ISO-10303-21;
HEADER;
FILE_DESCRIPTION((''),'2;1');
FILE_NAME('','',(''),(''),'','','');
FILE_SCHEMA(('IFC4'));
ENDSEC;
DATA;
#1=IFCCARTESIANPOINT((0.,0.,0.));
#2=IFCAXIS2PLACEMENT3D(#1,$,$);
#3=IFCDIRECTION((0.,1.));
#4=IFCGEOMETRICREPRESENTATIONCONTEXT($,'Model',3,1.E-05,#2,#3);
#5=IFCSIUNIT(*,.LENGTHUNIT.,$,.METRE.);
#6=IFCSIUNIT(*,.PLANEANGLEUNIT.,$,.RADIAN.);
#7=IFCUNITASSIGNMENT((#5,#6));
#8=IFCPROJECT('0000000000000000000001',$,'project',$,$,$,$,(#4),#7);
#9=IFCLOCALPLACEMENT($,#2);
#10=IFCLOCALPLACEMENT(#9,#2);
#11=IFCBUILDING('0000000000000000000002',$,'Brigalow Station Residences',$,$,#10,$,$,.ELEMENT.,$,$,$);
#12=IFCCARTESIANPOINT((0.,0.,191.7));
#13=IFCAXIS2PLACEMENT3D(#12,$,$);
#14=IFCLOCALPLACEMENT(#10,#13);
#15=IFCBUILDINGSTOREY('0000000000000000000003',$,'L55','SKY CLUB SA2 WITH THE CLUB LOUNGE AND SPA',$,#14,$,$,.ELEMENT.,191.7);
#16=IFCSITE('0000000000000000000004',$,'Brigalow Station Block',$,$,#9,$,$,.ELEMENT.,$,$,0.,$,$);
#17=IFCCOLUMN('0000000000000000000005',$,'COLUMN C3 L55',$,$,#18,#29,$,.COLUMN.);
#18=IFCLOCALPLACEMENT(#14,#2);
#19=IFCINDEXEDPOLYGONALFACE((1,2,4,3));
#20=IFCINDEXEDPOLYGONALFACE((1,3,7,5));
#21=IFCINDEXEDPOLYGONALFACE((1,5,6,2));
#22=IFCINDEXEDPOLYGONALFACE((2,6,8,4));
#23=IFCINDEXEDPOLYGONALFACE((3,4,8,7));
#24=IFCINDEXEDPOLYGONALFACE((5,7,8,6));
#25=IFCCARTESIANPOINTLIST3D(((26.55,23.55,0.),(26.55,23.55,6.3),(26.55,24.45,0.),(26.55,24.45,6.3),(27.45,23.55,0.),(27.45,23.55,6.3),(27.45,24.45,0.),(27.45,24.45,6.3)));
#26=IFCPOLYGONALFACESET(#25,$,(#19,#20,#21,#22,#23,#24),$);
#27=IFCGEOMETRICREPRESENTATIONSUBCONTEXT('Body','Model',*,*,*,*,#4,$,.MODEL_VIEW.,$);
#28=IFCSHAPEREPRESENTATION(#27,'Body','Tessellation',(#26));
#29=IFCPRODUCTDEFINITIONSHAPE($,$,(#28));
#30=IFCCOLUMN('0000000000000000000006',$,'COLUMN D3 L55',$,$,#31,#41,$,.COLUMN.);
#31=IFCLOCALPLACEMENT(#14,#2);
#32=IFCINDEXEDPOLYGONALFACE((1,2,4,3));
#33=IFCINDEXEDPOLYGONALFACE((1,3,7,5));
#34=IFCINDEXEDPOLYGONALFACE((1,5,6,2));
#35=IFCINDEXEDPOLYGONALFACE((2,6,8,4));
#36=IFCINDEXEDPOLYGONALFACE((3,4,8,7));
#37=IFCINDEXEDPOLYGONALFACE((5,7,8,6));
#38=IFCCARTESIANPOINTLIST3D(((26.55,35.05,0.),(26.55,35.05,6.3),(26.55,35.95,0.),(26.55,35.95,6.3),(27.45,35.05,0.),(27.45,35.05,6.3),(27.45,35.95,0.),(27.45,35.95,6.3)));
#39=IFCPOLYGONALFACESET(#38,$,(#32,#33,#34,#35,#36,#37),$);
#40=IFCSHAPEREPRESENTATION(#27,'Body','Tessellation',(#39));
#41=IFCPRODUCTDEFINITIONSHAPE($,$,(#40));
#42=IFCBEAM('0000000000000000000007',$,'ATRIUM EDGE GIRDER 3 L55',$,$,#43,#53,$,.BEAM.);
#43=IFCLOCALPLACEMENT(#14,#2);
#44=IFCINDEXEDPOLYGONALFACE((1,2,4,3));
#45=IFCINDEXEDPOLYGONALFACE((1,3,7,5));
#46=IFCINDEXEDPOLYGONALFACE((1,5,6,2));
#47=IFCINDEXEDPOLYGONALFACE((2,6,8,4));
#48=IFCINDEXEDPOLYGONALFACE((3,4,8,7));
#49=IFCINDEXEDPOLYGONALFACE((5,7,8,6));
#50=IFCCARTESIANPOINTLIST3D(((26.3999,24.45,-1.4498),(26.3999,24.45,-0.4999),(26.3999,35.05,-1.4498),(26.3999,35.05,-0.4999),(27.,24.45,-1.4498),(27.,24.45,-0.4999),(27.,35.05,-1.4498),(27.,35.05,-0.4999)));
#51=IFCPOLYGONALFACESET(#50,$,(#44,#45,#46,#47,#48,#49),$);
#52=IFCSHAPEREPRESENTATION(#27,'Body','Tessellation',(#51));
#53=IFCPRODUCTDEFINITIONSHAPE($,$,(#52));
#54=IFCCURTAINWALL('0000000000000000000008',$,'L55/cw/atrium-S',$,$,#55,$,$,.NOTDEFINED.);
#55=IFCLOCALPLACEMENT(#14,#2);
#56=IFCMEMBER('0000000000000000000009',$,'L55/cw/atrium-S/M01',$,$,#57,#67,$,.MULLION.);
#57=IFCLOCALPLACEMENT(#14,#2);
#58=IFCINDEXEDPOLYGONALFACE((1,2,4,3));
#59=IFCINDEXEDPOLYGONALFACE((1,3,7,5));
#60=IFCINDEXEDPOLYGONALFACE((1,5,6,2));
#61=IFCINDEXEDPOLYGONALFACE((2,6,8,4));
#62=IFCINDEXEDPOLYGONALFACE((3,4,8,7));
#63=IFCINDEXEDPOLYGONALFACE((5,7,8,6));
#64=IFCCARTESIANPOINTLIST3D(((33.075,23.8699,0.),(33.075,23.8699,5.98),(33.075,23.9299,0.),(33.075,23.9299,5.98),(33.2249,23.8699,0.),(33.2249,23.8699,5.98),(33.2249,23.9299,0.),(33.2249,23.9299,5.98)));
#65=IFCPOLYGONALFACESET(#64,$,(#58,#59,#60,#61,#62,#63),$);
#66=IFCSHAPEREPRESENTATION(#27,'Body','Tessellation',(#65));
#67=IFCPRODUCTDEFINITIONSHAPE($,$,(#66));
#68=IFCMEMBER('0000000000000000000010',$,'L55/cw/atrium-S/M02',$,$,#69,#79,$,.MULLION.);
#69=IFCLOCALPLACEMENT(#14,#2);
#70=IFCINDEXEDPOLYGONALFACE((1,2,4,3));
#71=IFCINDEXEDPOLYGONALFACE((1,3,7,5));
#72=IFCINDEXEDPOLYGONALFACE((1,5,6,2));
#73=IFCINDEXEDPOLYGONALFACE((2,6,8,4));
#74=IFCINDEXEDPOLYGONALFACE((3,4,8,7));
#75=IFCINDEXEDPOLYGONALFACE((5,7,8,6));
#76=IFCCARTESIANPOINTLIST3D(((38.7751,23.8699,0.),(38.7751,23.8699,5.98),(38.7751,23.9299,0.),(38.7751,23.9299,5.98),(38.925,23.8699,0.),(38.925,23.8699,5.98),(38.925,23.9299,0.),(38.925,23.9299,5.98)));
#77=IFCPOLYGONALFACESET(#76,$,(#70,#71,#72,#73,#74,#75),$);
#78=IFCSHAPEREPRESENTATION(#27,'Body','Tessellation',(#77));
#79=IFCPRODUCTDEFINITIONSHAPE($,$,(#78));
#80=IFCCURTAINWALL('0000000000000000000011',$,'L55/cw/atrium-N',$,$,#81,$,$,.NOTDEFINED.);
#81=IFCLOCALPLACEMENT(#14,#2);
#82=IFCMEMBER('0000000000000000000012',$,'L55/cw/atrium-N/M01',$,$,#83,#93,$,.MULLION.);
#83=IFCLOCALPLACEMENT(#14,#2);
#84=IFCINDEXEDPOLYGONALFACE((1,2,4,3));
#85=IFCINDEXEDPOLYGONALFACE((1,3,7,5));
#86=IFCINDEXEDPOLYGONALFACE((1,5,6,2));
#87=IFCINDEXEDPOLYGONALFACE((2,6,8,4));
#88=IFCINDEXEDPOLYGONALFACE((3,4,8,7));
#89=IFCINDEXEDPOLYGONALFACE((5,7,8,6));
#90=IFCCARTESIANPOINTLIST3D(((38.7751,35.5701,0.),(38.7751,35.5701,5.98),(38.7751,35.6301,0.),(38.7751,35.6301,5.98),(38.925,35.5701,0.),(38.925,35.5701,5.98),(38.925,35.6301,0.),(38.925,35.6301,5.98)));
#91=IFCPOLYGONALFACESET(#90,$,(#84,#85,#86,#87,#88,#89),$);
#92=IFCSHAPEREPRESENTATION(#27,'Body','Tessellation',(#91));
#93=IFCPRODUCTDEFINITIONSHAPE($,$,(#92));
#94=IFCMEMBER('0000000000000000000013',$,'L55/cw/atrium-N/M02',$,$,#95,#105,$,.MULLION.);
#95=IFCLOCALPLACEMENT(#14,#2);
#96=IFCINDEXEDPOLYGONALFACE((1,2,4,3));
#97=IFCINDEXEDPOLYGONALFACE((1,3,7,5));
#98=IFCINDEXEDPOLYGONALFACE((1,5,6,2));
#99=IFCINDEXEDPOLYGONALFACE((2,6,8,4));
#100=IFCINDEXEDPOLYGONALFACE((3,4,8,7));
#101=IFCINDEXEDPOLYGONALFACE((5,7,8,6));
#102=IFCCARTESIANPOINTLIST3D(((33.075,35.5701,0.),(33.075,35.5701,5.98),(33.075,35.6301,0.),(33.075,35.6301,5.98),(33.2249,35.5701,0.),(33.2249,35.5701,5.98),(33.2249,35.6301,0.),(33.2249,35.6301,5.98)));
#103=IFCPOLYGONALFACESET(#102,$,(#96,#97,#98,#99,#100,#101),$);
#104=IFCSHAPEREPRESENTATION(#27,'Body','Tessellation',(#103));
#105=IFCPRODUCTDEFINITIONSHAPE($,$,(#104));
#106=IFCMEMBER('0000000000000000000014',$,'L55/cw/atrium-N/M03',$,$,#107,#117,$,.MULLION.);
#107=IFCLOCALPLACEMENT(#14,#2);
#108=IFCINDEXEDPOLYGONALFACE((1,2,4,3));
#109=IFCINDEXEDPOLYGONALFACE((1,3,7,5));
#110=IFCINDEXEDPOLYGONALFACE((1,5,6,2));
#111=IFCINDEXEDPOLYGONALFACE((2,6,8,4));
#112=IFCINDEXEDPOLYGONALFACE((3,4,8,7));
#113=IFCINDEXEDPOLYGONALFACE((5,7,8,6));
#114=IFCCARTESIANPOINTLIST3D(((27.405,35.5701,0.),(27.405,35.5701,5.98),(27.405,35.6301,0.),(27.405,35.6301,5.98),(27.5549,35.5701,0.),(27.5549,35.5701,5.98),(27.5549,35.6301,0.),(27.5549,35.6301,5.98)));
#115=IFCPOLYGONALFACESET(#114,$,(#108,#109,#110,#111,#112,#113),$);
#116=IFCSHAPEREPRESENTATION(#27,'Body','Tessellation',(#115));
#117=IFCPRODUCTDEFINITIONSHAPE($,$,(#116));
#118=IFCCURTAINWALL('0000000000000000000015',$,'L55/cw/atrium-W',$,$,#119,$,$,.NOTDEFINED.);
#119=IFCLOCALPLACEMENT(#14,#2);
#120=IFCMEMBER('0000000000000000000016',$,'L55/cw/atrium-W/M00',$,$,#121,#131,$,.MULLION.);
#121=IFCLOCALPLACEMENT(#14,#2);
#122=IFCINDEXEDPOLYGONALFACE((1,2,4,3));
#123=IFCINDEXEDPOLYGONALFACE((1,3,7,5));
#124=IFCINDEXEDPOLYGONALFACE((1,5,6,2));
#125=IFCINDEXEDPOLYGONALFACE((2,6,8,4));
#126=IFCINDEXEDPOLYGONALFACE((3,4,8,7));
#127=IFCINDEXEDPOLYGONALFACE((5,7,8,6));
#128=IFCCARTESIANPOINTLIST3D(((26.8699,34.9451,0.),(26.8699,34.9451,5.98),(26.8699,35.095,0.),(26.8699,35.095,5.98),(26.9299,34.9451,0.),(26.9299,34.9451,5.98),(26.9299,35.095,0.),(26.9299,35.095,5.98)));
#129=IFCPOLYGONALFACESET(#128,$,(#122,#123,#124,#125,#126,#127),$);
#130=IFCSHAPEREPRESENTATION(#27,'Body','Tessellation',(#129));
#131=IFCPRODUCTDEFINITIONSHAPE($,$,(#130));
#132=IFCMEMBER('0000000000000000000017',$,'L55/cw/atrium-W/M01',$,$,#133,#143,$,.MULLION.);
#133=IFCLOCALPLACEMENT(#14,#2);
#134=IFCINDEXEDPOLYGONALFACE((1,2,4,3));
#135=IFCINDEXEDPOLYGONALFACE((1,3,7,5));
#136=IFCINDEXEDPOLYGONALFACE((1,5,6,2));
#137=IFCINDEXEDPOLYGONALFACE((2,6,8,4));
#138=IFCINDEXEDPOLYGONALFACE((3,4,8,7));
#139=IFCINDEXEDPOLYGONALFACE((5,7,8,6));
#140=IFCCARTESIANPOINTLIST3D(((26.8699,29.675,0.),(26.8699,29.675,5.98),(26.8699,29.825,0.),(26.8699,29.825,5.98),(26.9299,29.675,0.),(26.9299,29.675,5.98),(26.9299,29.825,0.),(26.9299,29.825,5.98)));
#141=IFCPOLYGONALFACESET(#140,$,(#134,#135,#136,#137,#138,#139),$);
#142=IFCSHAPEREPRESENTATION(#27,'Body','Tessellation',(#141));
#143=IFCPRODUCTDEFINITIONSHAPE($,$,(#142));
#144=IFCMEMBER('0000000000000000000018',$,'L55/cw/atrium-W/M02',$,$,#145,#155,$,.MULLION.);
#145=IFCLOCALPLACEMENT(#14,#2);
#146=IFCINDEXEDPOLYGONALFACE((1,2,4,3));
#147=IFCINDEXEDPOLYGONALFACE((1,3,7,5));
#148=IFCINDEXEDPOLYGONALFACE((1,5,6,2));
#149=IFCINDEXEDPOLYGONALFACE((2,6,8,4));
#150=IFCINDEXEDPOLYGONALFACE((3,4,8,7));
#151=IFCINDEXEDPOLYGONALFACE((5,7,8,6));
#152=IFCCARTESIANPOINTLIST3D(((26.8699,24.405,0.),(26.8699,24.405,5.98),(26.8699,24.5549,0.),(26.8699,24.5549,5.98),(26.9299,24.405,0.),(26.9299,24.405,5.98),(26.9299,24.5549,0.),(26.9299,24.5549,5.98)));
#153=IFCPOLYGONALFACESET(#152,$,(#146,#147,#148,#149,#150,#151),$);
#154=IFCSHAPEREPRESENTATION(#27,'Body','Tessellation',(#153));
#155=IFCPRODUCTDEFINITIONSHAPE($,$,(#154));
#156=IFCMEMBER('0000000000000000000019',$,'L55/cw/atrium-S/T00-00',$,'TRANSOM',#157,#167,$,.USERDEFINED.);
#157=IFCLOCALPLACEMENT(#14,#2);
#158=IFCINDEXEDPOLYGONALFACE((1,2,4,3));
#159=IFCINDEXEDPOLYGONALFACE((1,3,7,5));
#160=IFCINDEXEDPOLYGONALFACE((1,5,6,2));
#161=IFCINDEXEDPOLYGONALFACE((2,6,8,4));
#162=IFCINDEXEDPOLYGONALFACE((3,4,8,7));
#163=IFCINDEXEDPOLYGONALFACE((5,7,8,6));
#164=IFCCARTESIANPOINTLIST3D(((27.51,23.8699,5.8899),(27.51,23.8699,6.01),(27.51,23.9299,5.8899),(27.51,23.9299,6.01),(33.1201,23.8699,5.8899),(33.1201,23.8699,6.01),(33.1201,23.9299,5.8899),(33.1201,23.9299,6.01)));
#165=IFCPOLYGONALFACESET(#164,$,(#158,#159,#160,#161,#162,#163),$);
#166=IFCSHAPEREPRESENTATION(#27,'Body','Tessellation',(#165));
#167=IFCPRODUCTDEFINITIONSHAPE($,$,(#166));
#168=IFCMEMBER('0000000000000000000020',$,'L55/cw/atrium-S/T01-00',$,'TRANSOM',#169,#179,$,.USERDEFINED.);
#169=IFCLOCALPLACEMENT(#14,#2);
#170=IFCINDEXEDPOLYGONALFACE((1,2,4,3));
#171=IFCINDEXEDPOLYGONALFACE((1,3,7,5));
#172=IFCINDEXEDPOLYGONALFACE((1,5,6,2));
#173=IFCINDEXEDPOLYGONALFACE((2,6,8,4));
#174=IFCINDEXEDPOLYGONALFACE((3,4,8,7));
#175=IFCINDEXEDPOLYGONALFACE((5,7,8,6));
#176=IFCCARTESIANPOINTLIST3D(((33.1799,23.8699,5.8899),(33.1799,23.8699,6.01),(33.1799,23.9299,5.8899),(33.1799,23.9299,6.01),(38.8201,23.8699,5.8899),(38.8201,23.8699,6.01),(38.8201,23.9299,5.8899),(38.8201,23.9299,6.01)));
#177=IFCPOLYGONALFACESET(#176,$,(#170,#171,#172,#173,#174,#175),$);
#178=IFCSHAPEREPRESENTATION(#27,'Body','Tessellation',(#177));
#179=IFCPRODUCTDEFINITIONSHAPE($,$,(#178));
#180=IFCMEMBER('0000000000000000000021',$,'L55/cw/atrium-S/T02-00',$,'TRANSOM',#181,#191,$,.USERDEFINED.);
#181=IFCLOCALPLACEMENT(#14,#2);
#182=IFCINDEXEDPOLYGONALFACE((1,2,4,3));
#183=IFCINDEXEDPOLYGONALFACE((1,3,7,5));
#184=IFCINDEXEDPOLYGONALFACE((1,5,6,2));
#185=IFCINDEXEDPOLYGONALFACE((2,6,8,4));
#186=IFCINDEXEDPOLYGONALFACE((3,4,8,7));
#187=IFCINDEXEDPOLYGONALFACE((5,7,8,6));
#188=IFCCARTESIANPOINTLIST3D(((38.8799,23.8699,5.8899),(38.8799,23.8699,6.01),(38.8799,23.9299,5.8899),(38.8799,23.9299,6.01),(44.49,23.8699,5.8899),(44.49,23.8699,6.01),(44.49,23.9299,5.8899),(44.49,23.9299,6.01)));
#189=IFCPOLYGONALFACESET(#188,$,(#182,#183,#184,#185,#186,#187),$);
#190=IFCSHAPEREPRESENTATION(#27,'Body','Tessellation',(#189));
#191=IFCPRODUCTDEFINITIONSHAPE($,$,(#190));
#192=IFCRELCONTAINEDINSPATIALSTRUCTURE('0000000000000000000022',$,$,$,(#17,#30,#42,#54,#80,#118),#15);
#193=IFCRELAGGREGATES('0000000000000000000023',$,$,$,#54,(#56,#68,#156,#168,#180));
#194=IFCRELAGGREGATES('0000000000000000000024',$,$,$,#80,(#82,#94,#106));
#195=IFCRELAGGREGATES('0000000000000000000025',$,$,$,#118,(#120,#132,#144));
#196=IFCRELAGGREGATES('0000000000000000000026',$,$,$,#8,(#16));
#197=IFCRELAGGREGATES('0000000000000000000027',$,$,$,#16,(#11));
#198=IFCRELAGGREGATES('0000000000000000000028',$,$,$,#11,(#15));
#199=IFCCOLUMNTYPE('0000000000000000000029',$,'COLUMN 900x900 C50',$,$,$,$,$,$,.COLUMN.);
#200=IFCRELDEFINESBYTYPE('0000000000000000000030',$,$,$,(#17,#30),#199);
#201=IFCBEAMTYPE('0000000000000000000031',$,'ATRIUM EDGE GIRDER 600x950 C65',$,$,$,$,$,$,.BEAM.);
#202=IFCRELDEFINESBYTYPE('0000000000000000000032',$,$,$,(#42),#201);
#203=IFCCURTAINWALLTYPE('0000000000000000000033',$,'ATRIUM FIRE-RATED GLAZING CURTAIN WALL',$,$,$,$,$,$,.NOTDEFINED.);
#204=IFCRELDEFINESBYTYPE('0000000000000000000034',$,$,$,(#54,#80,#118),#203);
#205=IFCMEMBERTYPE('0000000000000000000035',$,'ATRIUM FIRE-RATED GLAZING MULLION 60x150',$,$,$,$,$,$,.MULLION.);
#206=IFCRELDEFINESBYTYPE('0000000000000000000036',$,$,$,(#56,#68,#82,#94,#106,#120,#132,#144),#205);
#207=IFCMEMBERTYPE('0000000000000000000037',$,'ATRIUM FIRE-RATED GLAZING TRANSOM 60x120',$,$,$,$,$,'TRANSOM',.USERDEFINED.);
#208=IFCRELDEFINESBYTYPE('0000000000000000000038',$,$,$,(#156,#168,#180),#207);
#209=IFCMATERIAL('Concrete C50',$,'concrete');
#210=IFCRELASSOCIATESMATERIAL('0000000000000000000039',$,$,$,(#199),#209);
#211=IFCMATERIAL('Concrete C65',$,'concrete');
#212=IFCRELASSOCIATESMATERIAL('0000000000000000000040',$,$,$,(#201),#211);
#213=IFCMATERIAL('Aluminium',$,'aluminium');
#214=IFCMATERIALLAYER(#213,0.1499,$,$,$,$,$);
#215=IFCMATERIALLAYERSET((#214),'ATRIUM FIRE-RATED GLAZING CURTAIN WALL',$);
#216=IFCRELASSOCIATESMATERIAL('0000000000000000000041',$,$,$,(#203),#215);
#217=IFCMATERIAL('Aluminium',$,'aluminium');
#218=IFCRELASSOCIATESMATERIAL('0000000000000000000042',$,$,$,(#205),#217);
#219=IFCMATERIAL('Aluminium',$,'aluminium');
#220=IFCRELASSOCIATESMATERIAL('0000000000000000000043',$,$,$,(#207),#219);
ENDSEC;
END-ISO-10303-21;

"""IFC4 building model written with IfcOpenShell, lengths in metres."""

from ifc_helpers import new_model, si_unit, direction, frame, origin, origin_2d, place, context, subcontext, project, spatial, rectangle, extrude, material, layer, layer_set, material_profile, profile_set, type_object, element, aggregate, save


model = new_model("IFC4")

# Units and contexts
model_context = context("Model", 3, precision=1e-05, world=origin(), true_north=direction((0.0, 1.0)))
body_context = subcontext(model_context, "Body", "Model", "MODEL_VIEW")
ifc_project = project(units=[si_unit("LENGTHUNIT", "METRE"), si_unit("PLANEANGLEUNIT", "RADIAN")], contexts=[model_context])

# Site, building, storey
site_placement = place(None, origin())
site = spatial("IfcSite", under=ifc_project, at=site_placement, Name="Brigalow Station Block", CompositionType="ELEMENT", RefElevation=0.0)
building_placement = place(site_placement, origin())
building = spatial("IfcBuilding", under=site, at=building_placement, Name="Brigalow Station Residences", CompositionType="ELEMENT")
storey_placement = place(building_placement, frame((0.0, 0.0, 191.7)))
storey = spatial("IfcBuildingStorey", under=building, at=storey_placement, Name="L55", Description="SKY CLUB SA2 WITH THE CLUB LOUNGE AND SPA", CompositionType="ELEMENT", Elevation=191.7)

# Columns
ifc_material_1 = material(Name="Concrete C50", Category="concrete")
ifc_material_profile_1 = material_profile(ifc_material_1, rectangle(XDim=0.8999, YDim=0.8999, at=origin_2d()), Name="RC900x900")
ifc_profile_set_1 = profile_set([ifc_material_profile_1], Name="Concrete C50")
column_type = type_object("IfcColumnType", Name="COLUMN 900x900 C50", PredefinedType="COLUMN", material=ifc_profile_set_1)
for number, where, z_axis, x_axis, name in (
    (1, (27.0, 24.0, 0.0), (0.0, 0.0, 1.0), (1.0, 0.0, 0.0), "COLUMN C3 L55"),
    (2, (27.0, 35.5, 0.0), (0.0, 0.0, 1.0), (1.0, 0.0, 0.0), "COLUMN D3 L55"),
):
    element("IfcColumn", number, at=place(storey_placement, frame(where, z_axis=z_axis, x_axis=x_axis)), inside=storey, type_object=column_type, Name=name, PredefinedType="COLUMN", context=body_context, shape_type="SweptSolid", body=[
        extrude(rectangle(XDim=0.8999, YDim=0.8999, at=origin_2d()), origin(), (0.0, 0.0, 1.0), 6.3),
    ])

# Beam
ifc_material_2 = material(Name="Concrete C65", Category="concrete")
ifc_material_profile_2 = material_profile(ifc_material_2, rectangle(XDim=0.6001, YDim=0.95, at=origin_2d()), Name="RC600x950")
ifc_profile_set_2 = profile_set([ifc_material_profile_2], Name="Concrete C65")
beam_type = type_object("IfcBeamType", Name="ATRIUM EDGE GIRDER 600x950 C65", PredefinedType="BEAM", material=ifc_profile_set_2)
beam_placement = place(storey_placement, frame((26.7, 24.45, -0.9749), z_axis=(0.0, 1.0, 0.0), x_axis=(-1.0, 0.0, 0.0)))
element("IfcBeam", 3, at=beam_placement, inside=storey, type_object=beam_type, Name="ATRIUM EDGE GIRDER 3 L55", PredefinedType="BEAM", context=body_context, shape_type="SweptSolid", body=[
    extrude(rectangle(XDim=0.6001, YDim=0.95, at=origin_2d()), origin(), (0.0, 0.0, 1.0), 10.6001),
])

# Curtain walls, members
ifc_material_3 = material(Name="Aluminium", Category="aluminium")
ifc_layer_1 = layer(ifc_material_3, 0.1499)
ifc_layer_set_1 = layer_set([ifc_layer_1], Name="ATRIUM FIRE-RATED GLAZING CURTAIN WALL")
curtain_wall_type = type_object("IfcCurtainWallType", Name="ATRIUM FIRE-RATED GLAZING CURTAIN WALL", PredefinedType="NOTDEFINED", material=ifc_layer_set_1)
curtain_wall_1_placement = place(storey_placement, origin())
curtain_wall_1 = element("IfcCurtainWall", 4, at=curtain_wall_1_placement, inside=storey, type_object=curtain_wall_type, Name="L55/cw/atrium-S", PredefinedType="NOTDEFINED")
ifc_material_4 = material(Name="Aluminium", Category="aluminium")
ifc_material_profile_3 = material_profile(ifc_material_4, rectangle(XDim=0.0601, YDim=0.1499, at=origin_2d()), Name="ATRIUM FIRE-RATED GLAZING MULLION 60x150")
ifc_profile_set_3 = profile_set([ifc_material_profile_3], Name="Aluminium")
member_type_1 = type_object("IfcMemberType", Name="ATRIUM FIRE-RATED GLAZING MULLION 60x150", PredefinedType="MULLION", material=ifc_profile_set_3)
member_1_placement = place(storey_placement, frame((33.1499, 23.8999, 0.0), z_axis=(0.0, 0.0, 1.0), x_axis=(0.0, 1.0, 0.0)))
member_1 = element("IfcMember", 5, at=member_1_placement, type_object=member_type_1, Name="L55/cw/atrium-S/M01", PredefinedType="MULLION", context=body_context, shape_type="SweptSolid", body=[
    extrude(rectangle(XDim=0.0601, YDim=0.1499, at=origin_2d()), origin(), (0.0, 0.0, 1.0), 5.98),
])
member_2_placement = place(storey_placement, frame((38.8501, 23.8999, 0.0), z_axis=(0.0, 0.0, 1.0), x_axis=(0.0, 1.0, 0.0)))
member_2 = element("IfcMember", 6, at=member_2_placement, type_object=member_type_1, Name="L55/cw/atrium-S/M02", PredefinedType="MULLION", context=body_context, shape_type="SweptSolid", body=[
    extrude(rectangle(XDim=0.0601, YDim=0.1499, at=origin_2d()), origin(), (0.0, 0.0, 1.0), 5.98),
])
curtain_wall_2_placement = place(storey_placement, origin())
curtain_wall_2 = element("IfcCurtainWall", 7, at=curtain_wall_2_placement, inside=storey, type_object=curtain_wall_type, Name="L55/cw/atrium-N", PredefinedType="NOTDEFINED")
member_3_placement = place(storey_placement, frame((38.8501, 35.6001, 0.0), z_axis=(0.0, 0.0, 1.0), x_axis=(0.0, -1.0, 0.0)))
member_3 = element("IfcMember", 8, at=member_3_placement, type_object=member_type_1, Name="L55/cw/atrium-N/M01", PredefinedType="MULLION", context=body_context, shape_type="SweptSolid", body=[
    extrude(rectangle(XDim=0.0601, YDim=0.1499, at=origin_2d()), origin(), (0.0, 0.0, 1.0), 5.98),
])
member_4_placement = place(storey_placement, frame((33.1499, 35.6001, 0.0), z_axis=(0.0, 0.0, 1.0), x_axis=(0.0, -1.0, 0.0)))
member_4 = element("IfcMember", 9, at=member_4_placement, type_object=member_type_1, Name="L55/cw/atrium-N/M02", PredefinedType="MULLION", context=body_context, shape_type="SweptSolid", body=[
    extrude(rectangle(XDim=0.0601, YDim=0.1499, at=origin_2d()), origin(), (0.0, 0.0, 1.0), 5.98),
])
member_5_placement = place(storey_placement, frame((27.48, 35.6001, 0.0), z_axis=(0.0, 0.0, 1.0), x_axis=(0.0, -1.0, 0.0)))
member_5 = element("IfcMember", 10, at=member_5_placement, type_object=member_type_1, Name="L55/cw/atrium-N/M03", PredefinedType="MULLION", context=body_context, shape_type="SweptSolid", body=[
    extrude(rectangle(XDim=0.0601, YDim=0.1499, at=origin_2d()), origin(), (0.0, 0.0, 1.0), 5.98),
])
curtain_wall_3_placement = place(storey_placement, origin())
curtain_wall_3 = element("IfcCurtainWall", 11, at=curtain_wall_3_placement, inside=storey, type_object=curtain_wall_type, Name="L55/cw/atrium-W", PredefinedType="NOTDEFINED")
member_6_placement = place(storey_placement, frame((26.8999, 35.02, 0.0), z_axis=(0.0, 0.0, 1.0), x_axis=(1.0, 0.0, 0.0)))
member_6 = element("IfcMember", 12, at=member_6_placement, type_object=member_type_1, Name="L55/cw/atrium-W/M00", PredefinedType="MULLION", context=body_context, shape_type="SweptSolid", body=[
    extrude(rectangle(XDim=0.0601, YDim=0.1499, at=origin_2d()), origin(), (0.0, 0.0, 1.0), 5.98),
])
member_7_placement = place(storey_placement, frame((26.8999, 29.75, 0.0), z_axis=(0.0, 0.0, 1.0), x_axis=(1.0, 0.0, 0.0)))
member_7 = element("IfcMember", 13, at=member_7_placement, type_object=member_type_1, Name="L55/cw/atrium-W/M01", PredefinedType="MULLION", context=body_context, shape_type="SweptSolid", body=[
    extrude(rectangle(XDim=0.0601, YDim=0.1499, at=origin_2d()), origin(), (0.0, 0.0, 1.0), 5.98),
])
member_8_placement = place(storey_placement, frame((26.8999, 24.48, 0.0), z_axis=(0.0, 0.0, 1.0), x_axis=(1.0, 0.0, 0.0)))
member_8 = element("IfcMember", 14, at=member_8_placement, type_object=member_type_1, Name="L55/cw/atrium-W/M02", PredefinedType="MULLION", context=body_context, shape_type="SweptSolid", body=[
    extrude(rectangle(XDim=0.0601, YDim=0.1499, at=origin_2d()), origin(), (0.0, 0.0, 1.0), 5.98),
])

# Members
ifc_material_5 = material(Name="Aluminium", Category="aluminium")
ifc_material_profile_4 = material_profile(ifc_material_5, rectangle(XDim=0.0601, YDim=0.1201, at=origin_2d()), Name="ATRIUM FIRE-RATED GLAZING TRANSOM 60x120")
ifc_profile_set_4 = profile_set([ifc_material_profile_4], Name="Aluminium")
member_type_2 = type_object("IfcMemberType", Name="ATRIUM FIRE-RATED GLAZING TRANSOM 60x120", ElementType="TRANSOM", PredefinedType="USERDEFINED", material=ifc_profile_set_4)
member_9_placement = place(storey_placement, frame((27.51, 23.8999, 5.95), z_axis=(1.0, 0.0, 0.0), x_axis=(0.0, 1.0, 0.0)))
member_9 = element("IfcMember", 15, at=member_9_placement, type_object=member_type_2, Name="L55/cw/atrium-S/T00-00", ObjectType="TRANSOM", PredefinedType="USERDEFINED", context=body_context, shape_type="SweptSolid", body=[
    extrude(rectangle(XDim=0.0601, YDim=0.1201, at=origin_2d()), origin(), (0.0, 0.0, 1.0), 5.6101),
])
member_10_placement = place(storey_placement, frame((33.1799, 23.8999, 5.95), z_axis=(1.0, 0.0, 0.0), x_axis=(0.0, 1.0, 0.0)))
member_10 = element("IfcMember", 16, at=member_10_placement, type_object=member_type_2, Name="L55/cw/atrium-S/T01-00", ObjectType="TRANSOM", PredefinedType="USERDEFINED", context=body_context, shape_type="SweptSolid", body=[
    extrude(rectangle(XDim=0.0601, YDim=0.1201, at=origin_2d()), origin(), (0.0, 0.0, 1.0), 5.6401),
])
member_11_placement = place(storey_placement, frame((38.8799, 23.8999, 5.95), z_axis=(1.0, 0.0, 0.0), x_axis=(0.0, 1.0, 0.0)))
member_11 = element("IfcMember", 17, at=member_11_placement, type_object=member_type_2, Name="L55/cw/atrium-S/T02-00", ObjectType="TRANSOM", PredefinedType="USERDEFINED", context=body_context, shape_type="SweptSolid", body=[
    extrude(rectangle(XDim=0.0601, YDim=0.1201, at=origin_2d()), origin(), (0.0, 0.0, 1.0), 5.6101),
])

aggregate(curtain_wall_1, [member_1, member_2, member_9, member_10, member_11])
aggregate(curtain_wall_2, [member_3, member_4, member_5])
aggregate(curtain_wall_3, [member_6, member_7, member_8])

save(model, "model.ifc")
